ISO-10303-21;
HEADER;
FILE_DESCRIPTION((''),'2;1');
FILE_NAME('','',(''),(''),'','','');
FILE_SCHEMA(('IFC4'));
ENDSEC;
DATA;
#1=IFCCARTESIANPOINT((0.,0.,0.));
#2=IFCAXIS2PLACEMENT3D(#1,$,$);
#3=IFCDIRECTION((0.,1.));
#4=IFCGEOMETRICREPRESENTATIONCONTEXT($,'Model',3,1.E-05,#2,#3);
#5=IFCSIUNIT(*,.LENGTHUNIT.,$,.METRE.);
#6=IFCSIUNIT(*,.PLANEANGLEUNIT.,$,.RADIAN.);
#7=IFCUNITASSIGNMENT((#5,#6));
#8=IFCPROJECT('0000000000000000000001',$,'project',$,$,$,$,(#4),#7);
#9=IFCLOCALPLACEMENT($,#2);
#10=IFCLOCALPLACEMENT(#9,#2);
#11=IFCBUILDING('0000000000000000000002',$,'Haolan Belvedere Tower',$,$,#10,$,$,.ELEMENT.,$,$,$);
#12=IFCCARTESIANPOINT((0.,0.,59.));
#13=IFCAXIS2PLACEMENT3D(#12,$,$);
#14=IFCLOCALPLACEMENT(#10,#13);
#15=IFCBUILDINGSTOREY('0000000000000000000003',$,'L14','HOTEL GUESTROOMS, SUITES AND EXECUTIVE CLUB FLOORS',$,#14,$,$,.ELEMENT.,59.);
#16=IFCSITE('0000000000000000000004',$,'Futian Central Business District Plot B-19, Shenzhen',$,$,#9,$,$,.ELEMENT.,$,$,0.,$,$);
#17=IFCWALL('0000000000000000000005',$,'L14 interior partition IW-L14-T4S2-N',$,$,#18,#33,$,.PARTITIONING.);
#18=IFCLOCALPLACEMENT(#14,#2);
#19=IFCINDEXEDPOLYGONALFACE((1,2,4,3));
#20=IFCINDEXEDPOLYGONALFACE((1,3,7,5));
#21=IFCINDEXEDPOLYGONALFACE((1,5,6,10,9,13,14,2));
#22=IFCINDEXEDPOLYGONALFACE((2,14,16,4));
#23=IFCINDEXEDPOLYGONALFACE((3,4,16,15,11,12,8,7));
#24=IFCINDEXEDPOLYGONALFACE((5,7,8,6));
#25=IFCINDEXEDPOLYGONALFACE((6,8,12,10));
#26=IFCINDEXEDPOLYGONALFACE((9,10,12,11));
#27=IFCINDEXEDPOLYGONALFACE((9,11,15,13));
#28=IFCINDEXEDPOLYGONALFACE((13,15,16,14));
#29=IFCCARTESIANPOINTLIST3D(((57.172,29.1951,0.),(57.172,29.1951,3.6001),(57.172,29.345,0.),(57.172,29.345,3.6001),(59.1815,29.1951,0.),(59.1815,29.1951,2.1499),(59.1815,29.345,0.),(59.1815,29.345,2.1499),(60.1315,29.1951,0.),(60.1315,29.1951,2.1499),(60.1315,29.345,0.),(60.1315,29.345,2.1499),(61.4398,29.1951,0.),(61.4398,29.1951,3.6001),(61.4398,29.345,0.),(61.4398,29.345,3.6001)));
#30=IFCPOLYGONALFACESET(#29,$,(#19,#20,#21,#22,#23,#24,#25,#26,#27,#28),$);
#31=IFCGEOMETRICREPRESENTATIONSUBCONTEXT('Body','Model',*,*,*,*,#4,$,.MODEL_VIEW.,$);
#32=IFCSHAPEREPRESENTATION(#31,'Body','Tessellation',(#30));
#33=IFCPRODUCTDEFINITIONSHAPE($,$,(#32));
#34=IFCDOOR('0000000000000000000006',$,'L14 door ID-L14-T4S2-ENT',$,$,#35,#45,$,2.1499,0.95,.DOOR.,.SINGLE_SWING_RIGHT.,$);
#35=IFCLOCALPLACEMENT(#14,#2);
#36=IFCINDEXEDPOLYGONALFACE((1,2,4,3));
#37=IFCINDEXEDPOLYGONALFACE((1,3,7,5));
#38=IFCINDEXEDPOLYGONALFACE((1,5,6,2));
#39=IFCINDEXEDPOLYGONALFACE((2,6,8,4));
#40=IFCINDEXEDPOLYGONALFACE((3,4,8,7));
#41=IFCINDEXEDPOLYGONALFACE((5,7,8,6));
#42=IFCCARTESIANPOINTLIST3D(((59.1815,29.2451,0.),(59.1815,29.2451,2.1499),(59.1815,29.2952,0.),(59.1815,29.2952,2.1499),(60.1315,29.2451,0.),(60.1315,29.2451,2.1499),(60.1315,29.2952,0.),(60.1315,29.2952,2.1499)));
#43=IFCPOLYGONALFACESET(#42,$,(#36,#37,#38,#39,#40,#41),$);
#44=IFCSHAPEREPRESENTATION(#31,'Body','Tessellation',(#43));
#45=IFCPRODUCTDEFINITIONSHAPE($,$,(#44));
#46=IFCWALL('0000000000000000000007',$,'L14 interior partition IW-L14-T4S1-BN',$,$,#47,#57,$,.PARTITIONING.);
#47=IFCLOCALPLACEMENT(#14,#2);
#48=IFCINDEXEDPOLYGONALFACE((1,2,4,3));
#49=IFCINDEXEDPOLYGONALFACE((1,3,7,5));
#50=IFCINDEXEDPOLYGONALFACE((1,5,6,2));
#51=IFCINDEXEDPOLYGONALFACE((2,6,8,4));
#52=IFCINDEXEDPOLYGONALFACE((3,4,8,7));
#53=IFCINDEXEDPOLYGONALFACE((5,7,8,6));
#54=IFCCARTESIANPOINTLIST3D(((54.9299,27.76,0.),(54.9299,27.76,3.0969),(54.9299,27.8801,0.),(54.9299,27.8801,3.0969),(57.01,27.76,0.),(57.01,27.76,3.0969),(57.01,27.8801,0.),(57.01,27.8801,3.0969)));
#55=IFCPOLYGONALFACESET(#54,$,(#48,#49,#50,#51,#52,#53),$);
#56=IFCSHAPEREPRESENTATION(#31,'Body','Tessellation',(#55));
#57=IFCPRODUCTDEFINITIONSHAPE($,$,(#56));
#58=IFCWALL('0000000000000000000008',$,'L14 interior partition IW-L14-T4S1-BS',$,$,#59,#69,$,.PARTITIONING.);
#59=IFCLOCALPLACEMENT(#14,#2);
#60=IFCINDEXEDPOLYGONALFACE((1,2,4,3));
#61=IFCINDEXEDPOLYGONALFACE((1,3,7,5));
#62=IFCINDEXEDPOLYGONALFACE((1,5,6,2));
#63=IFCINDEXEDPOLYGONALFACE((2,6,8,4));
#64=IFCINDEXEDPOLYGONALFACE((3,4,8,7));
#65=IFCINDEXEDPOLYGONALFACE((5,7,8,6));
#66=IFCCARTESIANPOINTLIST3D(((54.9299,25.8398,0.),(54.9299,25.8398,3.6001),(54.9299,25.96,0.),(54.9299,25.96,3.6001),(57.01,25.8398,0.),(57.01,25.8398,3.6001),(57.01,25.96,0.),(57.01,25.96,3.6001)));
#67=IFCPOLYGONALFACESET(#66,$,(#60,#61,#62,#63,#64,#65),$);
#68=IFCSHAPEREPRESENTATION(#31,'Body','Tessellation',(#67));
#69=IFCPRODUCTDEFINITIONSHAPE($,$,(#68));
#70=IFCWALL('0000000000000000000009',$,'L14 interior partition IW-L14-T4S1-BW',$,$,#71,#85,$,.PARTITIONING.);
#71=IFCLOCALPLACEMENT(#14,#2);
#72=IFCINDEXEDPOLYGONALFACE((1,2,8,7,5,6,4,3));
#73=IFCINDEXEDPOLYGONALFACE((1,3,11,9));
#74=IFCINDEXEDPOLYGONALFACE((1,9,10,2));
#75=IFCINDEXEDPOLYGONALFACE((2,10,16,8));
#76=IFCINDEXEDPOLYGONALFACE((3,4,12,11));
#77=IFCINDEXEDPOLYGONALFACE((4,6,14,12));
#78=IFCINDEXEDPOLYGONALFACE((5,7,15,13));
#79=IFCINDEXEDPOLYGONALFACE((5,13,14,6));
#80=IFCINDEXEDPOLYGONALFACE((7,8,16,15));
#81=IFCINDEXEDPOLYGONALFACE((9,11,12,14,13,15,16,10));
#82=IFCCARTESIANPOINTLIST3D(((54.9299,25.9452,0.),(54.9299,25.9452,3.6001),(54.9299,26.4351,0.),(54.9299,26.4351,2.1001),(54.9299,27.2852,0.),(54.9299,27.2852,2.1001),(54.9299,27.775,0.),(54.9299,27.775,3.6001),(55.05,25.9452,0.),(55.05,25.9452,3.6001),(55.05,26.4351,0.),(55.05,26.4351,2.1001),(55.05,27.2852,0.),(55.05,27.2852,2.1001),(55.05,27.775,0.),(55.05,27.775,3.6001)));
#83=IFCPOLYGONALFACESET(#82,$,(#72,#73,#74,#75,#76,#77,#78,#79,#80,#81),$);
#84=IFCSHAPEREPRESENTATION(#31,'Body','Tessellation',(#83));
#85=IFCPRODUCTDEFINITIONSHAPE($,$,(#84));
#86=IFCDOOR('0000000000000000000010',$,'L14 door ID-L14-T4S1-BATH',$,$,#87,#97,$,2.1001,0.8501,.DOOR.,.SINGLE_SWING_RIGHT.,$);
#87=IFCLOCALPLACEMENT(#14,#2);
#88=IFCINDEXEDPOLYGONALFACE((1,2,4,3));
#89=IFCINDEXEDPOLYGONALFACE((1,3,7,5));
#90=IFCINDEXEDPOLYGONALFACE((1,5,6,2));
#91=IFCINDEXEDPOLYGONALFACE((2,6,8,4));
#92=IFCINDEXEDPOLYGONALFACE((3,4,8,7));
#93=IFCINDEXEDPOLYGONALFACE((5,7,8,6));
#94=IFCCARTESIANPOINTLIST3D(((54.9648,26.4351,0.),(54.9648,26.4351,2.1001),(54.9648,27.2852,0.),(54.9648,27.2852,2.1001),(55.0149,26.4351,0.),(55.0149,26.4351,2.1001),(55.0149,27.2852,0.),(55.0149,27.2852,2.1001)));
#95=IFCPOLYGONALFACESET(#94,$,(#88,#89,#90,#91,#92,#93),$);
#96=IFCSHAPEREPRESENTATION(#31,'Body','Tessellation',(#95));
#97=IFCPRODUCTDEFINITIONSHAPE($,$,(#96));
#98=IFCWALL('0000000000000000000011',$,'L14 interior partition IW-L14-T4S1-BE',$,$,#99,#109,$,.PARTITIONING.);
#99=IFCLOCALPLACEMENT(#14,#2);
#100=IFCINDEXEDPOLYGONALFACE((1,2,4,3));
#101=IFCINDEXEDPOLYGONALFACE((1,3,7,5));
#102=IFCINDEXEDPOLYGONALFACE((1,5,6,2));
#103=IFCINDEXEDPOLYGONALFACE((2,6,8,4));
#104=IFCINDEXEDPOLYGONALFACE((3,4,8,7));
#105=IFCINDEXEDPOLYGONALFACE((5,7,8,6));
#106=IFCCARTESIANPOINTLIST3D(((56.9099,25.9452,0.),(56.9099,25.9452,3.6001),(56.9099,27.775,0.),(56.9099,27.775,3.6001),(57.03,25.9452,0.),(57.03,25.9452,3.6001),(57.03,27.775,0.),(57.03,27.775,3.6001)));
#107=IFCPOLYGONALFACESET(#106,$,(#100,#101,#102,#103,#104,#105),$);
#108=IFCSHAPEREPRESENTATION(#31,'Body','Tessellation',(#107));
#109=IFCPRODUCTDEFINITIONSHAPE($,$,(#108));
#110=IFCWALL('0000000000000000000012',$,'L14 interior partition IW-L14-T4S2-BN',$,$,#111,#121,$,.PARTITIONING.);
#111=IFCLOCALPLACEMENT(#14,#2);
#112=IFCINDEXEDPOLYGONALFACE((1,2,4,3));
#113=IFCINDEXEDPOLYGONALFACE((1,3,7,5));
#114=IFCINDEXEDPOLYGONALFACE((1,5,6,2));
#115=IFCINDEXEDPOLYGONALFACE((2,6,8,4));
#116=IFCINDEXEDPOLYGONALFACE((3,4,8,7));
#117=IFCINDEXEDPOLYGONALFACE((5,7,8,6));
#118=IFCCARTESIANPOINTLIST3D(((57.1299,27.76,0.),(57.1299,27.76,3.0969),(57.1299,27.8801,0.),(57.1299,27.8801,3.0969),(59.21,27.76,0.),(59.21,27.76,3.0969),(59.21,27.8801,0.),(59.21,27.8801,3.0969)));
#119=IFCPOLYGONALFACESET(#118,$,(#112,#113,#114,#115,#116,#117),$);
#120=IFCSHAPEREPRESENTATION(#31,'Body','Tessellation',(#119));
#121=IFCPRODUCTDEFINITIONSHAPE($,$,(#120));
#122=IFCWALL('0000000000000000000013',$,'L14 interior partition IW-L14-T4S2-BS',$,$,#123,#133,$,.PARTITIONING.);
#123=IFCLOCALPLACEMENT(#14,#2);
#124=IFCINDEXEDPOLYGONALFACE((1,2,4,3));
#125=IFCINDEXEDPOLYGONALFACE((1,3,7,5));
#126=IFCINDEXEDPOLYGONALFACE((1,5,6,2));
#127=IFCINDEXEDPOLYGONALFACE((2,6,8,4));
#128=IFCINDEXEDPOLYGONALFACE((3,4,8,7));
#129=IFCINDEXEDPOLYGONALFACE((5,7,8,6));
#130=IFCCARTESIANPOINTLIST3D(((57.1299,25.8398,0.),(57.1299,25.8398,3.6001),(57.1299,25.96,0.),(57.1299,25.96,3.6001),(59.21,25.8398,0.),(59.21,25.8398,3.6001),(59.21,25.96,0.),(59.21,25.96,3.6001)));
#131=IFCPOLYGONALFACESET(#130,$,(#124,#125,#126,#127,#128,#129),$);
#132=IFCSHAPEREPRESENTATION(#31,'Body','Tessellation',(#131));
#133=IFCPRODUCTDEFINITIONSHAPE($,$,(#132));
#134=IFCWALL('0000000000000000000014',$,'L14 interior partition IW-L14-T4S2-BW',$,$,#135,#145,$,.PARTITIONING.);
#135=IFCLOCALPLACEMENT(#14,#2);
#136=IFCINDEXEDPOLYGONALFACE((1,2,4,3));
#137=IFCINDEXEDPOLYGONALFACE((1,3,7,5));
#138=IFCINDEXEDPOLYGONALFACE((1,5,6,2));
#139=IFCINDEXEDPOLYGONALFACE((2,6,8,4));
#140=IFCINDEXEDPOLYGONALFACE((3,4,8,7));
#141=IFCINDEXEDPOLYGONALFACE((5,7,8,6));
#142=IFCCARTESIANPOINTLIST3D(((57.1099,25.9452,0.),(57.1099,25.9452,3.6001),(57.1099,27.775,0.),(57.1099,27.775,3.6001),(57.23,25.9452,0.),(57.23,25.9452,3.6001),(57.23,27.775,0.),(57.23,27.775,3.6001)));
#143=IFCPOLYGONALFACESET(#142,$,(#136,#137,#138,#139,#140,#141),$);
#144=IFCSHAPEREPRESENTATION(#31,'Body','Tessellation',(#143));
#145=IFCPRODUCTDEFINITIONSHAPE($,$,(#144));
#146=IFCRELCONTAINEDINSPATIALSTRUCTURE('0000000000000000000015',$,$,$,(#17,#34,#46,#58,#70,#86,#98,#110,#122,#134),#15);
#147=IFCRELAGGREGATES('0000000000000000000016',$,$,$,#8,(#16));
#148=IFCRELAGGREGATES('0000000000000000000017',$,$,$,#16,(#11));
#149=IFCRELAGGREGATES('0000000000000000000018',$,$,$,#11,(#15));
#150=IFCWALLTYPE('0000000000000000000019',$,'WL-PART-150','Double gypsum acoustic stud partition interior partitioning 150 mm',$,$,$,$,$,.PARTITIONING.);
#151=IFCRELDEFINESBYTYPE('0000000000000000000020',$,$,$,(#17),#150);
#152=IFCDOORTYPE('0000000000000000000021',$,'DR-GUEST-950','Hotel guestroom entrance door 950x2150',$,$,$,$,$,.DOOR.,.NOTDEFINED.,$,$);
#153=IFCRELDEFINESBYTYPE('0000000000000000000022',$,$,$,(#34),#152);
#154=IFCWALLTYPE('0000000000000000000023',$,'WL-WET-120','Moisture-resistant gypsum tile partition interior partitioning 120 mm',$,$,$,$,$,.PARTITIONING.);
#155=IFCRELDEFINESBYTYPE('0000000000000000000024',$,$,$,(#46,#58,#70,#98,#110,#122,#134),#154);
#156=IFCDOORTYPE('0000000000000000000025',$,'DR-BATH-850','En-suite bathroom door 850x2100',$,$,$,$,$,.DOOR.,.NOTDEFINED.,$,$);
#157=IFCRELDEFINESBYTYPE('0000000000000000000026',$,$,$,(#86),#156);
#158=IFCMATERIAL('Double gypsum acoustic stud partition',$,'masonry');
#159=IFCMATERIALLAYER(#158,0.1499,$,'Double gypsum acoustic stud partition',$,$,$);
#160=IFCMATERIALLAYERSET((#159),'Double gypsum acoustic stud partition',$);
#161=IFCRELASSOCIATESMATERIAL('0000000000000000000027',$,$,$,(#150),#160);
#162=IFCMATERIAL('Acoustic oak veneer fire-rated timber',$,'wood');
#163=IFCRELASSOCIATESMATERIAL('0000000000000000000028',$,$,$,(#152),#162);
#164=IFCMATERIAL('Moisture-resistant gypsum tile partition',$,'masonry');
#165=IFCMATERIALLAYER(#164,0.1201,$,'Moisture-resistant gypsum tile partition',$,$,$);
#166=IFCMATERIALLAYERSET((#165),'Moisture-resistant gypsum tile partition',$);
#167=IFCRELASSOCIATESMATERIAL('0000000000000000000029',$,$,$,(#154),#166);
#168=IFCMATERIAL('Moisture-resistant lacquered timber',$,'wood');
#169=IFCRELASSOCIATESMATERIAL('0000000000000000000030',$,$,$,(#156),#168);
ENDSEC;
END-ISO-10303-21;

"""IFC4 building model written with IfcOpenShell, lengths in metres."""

from ifc_helpers import new_model, si_unit, direction, frame, frame_2d, origin, place, context, subcontext, project, spatial, rectangle, extrude, material, layer, layer_set, type_object, element, fill, save


model = new_model("IFC4")

# Units and contexts
model_context = context("Model", 3, precision=1e-05, world=origin(), true_north=direction((0.0, 1.0)))
body_context = subcontext(model_context, "Body", "Model", "MODEL_VIEW")
ifc_project = project(units=[si_unit("LENGTHUNIT", "METRE"), si_unit("PLANEANGLEUNIT", "RADIAN")], contexts=[model_context])

# Site, building, storey
site_placement = place(None, origin())
site = spatial("IfcSite", under=ifc_project, at=site_placement, Name="Futian Central Business District Plot B-19, Shenzhen", CompositionType="ELEMENT", RefElevation=0.0)
building_placement = place(site_placement, origin())
building = spatial("IfcBuilding", under=site, at=building_placement, Name="Haolan Belvedere Tower", CompositionType="ELEMENT")
storey_placement = place(building_placement, frame((0.0, 0.0, 59.0)))
storey = spatial("IfcBuildingStorey", under=building, at=storey_placement, Name="L14", Description="HOTEL GUESTROOMS, SUITES AND EXECUTIVE CLUB FLOORS", CompositionType="ELEMENT", Elevation=59.0)

# Shared definitions
ifc_material_1 = material(Name="Double gypsum acoustic stud partition", Category="masonry")
ifc_layer_1 = layer(ifc_material_1, 0.1499, Name="Double gypsum acoustic stud partition")
ifc_layer_set_1 = layer_set([ifc_layer_1], Name="Double gypsum acoustic stud partition")
wall_type_1 = type_object("IfcWallType", Name="WL-PART-150", Description="Double gypsum acoustic stud partition interior partitioning 150 mm", PredefinedType="PARTITIONING", material=ifc_layer_set_1)

# Shared definitions
ifc_material_2 = material(Name="Acoustic oak veneer fire-rated timber", Category="wood")
door_type_1 = type_object("IfcDoorType", Name="DR-GUEST-950", Description="Hotel guestroom entrance door 950x2150", OperationType="NOTDEFINED", PredefinedType="DOOR", material=ifc_material_2)

# Wall, opening, door
wall_1_placement = place(storey_placement, frame((57.1721, 29.27, 0.0), z_axis=(0.0, 0.0, 1.0), x_axis=(1.0, 0.0, 0.0)))
wall_1 = element("IfcWall", 1, at=wall_1_placement, inside=storey, type_object=wall_type_1, Name="L14 interior partition IW-L14-T4S2-N", PredefinedType="PARTITIONING", context=body_context, shape_type="SweptSolid", body=[
    extrude(rectangle(XDim=4.2678, YDim=0.1499, at=frame_2d((2.1338, 0.0))), origin(), (0.0, 0.0, 1.0), 3.6001),
])
opening_1_placement = place(wall_1_placement, frame((2.9595, 0.0, 0.0), z_axis=(0.0, 0.0, 1.0), x_axis=(-1.0, 0.0, 0.0)))
opening_1 = element("IfcOpeningElement", 2, at=opening_1_placement, cuts=wall_1, PredefinedType="OPENING", context=body_context, shape_type="SweptSolid", body=[
    extrude(rectangle(XDim=0.95, YDim=2.1499, at=frame_2d((0.4751, 1.075))), frame((0.0, 0.085, 0.0), z_axis=(0.0, -1.0, 0.0), x_axis=(1.0, 0.0, 0.0)), (0.0, 0.0, 1.0), 0.1699),
])
door_1_placement = place(opening_1_placement, origin())
door_1 = element("IfcDoor", 3, at=door_1_placement, inside=storey, type_object=door_type_1, Name="L14 door ID-L14-T4S2-ENT", OperationType="SINGLE_SWING_RIGHT", OverallHeight=2.1499, OverallWidth=0.95, PredefinedType="DOOR", context=body_context, shape_type="SweptSolid", body=[
    extrude(rectangle(XDim=0.95, YDim=2.1499, at=frame_2d((0.4751, 1.075))), frame((0.0, 0.0249, 0.0), z_axis=(0.0, -1.0, 0.0), x_axis=(1.0, 0.0, 0.0)), (0.0, 0.0, 1.0), 0.05),
])
fill(opening_1, door_1)

# Walls
ifc_material_3 = material(Name="Moisture-resistant gypsum tile partition", Category="masonry")
ifc_layer_2 = layer(ifc_material_3, 0.1201, Name="Moisture-resistant gypsum tile partition")
ifc_layer_set_2 = layer_set([ifc_layer_2], Name="Moisture-resistant gypsum tile partition")
wall_type_2 = type_object("IfcWallType", Name="WL-WET-120", Description="Moisture-resistant gypsum tile partition interior partitioning 120 mm", PredefinedType="PARTITIONING", material=ifc_layer_set_2)
wall_2_placement = place(storey_placement, frame((54.9299, 27.8201, 0.0), z_axis=(0.0, 0.0, 1.0), x_axis=(1.0, 0.0, 0.0)))
element("IfcWall", 4, at=wall_2_placement, inside=storey, type_object=wall_type_2, Name="L14 interior partition IW-L14-T4S1-BN", PredefinedType="PARTITIONING", context=body_context, shape_type="SweptSolid", body=[
    extrude(rectangle(XDim=2.0801, YDim=0.1201, at=frame_2d((1.04, 0.0))), origin(), (0.0, 0.0, 1.0), 3.0969),
])
wall_3_placement = place(storey_placement, frame((54.9299, 25.8999, 0.0), z_axis=(0.0, 0.0, 1.0), x_axis=(1.0, 0.0, 0.0)))
element("IfcWall", 5, at=wall_3_placement, inside=storey, type_object=wall_type_2, Name="L14 interior partition IW-L14-T4S1-BS", PredefinedType="PARTITIONING", context=body_context, shape_type="SweptSolid", body=[
    extrude(rectangle(XDim=2.0801, YDim=0.1201, at=frame_2d((1.04, 0.0))), origin(), (0.0, 0.0, 1.0), 3.6001),
])

# Wall, opening, door
wall_4_placement = place(storey_placement, frame((54.99, 25.9451, 0.0), z_axis=(0.0, 0.0, 1.0), x_axis=(0.0, 1.0, 0.0)))
wall_4 = element("IfcWall", 6, at=wall_4_placement, inside=storey, type_object=wall_type_2, Name="L14 interior partition IW-L14-T4S1-BW", PredefinedType="PARTITIONING", context=body_context, shape_type="SweptSolid", body=[
    extrude(rectangle(XDim=1.8298, YDim=0.1201, at=frame_2d((0.915, 0.0))), origin(), (0.0, 0.0, 1.0), 3.6001),
])
opening_2_placement = place(wall_4_placement, frame((1.3401, 0.0, 0.0), z_axis=(0.0, 0.0, 1.0), x_axis=(-1.0, 0.0, 0.0)))
opening_2 = element("IfcOpeningElement", 7, at=opening_2_placement, cuts=wall_4, PredefinedType="OPENING", context=body_context, shape_type="SweptSolid", body=[
    extrude(rectangle(XDim=0.8501, YDim=2.1001, at=frame_2d((0.425, 1.05))), frame((0.0, 0.0701, 0.0), z_axis=(0.0, -1.0, 0.0), x_axis=(1.0, 0.0, 0.0)), (0.0, 0.0, 1.0), 0.1401),
])
ifc_material_4 = material(Name="Moisture-resistant lacquered timber", Category="wood")
door_type_2 = type_object("IfcDoorType", Name="DR-BATH-850", Description="En-suite bathroom door 850x2100", OperationType="NOTDEFINED", PredefinedType="DOOR", material=ifc_material_4)
door_2_placement = place(opening_2_placement, origin())
door_2 = element("IfcDoor", 8, at=door_2_placement, inside=storey, type_object=door_type_2, Name="L14 door ID-L14-T4S1-BATH", OperationType="SINGLE_SWING_RIGHT", OverallHeight=2.1001, OverallWidth=0.8501, PredefinedType="DOOR", context=body_context, shape_type="SweptSolid", body=[
    extrude(rectangle(XDim=0.8501, YDim=2.1001, at=frame_2d((0.425, 1.05))), frame((0.0, 0.0249, 0.0), z_axis=(0.0, -1.0, 0.0), x_axis=(1.0, 0.0, 0.0)), (0.0, 0.0, 1.0), 0.05),
])
fill(opening_2, door_2)

# Walls
wall_5_placement = place(storey_placement, frame((56.97, 25.9451, 0.0), z_axis=(0.0, 0.0, 1.0), x_axis=(0.0, 1.0, 0.0)))
element("IfcWall", 9, at=wall_5_placement, inside=storey, type_object=wall_type_2, Name="L14 interior partition IW-L14-T4S1-BE", PredefinedType="PARTITIONING", context=body_context, shape_type="SweptSolid", body=[
    extrude(rectangle(XDim=1.8298, YDim=0.1201, at=frame_2d((0.915, 0.0))), origin(), (0.0, 0.0, 1.0), 3.6001),
])
wall_6_placement = place(storey_placement, frame((57.1299, 27.8201, 0.0), z_axis=(0.0, 0.0, 1.0), x_axis=(1.0, 0.0, 0.0)))
element("IfcWall", 10, at=wall_6_placement, inside=storey, type_object=wall_type_2, Name="L14 interior partition IW-L14-T4S2-BN", PredefinedType="PARTITIONING", context=body_context, shape_type="SweptSolid", body=[
    extrude(rectangle(XDim=2.0801, YDim=0.1201, at=frame_2d((1.04, 0.0))), origin(), (0.0, 0.0, 1.0), 3.0969),
])
wall_7_placement = place(storey_placement, frame((57.1299, 25.8999, 0.0), z_axis=(0.0, 0.0, 1.0), x_axis=(1.0, 0.0, 0.0)))
element("IfcWall", 11, at=wall_7_placement, inside=storey, type_object=wall_type_2, Name="L14 interior partition IW-L14-T4S2-BS", PredefinedType="PARTITIONING", context=body_context, shape_type="SweptSolid", body=[
    extrude(rectangle(XDim=2.0801, YDim=0.1201, at=frame_2d((1.04, 0.0))), origin(), (0.0, 0.0, 1.0), 3.6001),
])
wall_8_placement = place(storey_placement, frame((57.1699, 25.9451, 0.0), z_axis=(0.0, 0.0, 1.0), x_axis=(0.0, 1.0, 0.0)))
element("IfcWall", 12, at=wall_8_placement, inside=storey, type_object=wall_type_2, Name="L14 interior partition IW-L14-T4S2-BW", PredefinedType="PARTITIONING", context=body_context, shape_type="SweptSolid", body=[
    extrude(rectangle(XDim=1.8298, YDim=0.1201, at=frame_2d((0.915, 0.0))), origin(), (0.0, 0.0, 1.0), 3.6001),
])

save(model, "model.ifc")
